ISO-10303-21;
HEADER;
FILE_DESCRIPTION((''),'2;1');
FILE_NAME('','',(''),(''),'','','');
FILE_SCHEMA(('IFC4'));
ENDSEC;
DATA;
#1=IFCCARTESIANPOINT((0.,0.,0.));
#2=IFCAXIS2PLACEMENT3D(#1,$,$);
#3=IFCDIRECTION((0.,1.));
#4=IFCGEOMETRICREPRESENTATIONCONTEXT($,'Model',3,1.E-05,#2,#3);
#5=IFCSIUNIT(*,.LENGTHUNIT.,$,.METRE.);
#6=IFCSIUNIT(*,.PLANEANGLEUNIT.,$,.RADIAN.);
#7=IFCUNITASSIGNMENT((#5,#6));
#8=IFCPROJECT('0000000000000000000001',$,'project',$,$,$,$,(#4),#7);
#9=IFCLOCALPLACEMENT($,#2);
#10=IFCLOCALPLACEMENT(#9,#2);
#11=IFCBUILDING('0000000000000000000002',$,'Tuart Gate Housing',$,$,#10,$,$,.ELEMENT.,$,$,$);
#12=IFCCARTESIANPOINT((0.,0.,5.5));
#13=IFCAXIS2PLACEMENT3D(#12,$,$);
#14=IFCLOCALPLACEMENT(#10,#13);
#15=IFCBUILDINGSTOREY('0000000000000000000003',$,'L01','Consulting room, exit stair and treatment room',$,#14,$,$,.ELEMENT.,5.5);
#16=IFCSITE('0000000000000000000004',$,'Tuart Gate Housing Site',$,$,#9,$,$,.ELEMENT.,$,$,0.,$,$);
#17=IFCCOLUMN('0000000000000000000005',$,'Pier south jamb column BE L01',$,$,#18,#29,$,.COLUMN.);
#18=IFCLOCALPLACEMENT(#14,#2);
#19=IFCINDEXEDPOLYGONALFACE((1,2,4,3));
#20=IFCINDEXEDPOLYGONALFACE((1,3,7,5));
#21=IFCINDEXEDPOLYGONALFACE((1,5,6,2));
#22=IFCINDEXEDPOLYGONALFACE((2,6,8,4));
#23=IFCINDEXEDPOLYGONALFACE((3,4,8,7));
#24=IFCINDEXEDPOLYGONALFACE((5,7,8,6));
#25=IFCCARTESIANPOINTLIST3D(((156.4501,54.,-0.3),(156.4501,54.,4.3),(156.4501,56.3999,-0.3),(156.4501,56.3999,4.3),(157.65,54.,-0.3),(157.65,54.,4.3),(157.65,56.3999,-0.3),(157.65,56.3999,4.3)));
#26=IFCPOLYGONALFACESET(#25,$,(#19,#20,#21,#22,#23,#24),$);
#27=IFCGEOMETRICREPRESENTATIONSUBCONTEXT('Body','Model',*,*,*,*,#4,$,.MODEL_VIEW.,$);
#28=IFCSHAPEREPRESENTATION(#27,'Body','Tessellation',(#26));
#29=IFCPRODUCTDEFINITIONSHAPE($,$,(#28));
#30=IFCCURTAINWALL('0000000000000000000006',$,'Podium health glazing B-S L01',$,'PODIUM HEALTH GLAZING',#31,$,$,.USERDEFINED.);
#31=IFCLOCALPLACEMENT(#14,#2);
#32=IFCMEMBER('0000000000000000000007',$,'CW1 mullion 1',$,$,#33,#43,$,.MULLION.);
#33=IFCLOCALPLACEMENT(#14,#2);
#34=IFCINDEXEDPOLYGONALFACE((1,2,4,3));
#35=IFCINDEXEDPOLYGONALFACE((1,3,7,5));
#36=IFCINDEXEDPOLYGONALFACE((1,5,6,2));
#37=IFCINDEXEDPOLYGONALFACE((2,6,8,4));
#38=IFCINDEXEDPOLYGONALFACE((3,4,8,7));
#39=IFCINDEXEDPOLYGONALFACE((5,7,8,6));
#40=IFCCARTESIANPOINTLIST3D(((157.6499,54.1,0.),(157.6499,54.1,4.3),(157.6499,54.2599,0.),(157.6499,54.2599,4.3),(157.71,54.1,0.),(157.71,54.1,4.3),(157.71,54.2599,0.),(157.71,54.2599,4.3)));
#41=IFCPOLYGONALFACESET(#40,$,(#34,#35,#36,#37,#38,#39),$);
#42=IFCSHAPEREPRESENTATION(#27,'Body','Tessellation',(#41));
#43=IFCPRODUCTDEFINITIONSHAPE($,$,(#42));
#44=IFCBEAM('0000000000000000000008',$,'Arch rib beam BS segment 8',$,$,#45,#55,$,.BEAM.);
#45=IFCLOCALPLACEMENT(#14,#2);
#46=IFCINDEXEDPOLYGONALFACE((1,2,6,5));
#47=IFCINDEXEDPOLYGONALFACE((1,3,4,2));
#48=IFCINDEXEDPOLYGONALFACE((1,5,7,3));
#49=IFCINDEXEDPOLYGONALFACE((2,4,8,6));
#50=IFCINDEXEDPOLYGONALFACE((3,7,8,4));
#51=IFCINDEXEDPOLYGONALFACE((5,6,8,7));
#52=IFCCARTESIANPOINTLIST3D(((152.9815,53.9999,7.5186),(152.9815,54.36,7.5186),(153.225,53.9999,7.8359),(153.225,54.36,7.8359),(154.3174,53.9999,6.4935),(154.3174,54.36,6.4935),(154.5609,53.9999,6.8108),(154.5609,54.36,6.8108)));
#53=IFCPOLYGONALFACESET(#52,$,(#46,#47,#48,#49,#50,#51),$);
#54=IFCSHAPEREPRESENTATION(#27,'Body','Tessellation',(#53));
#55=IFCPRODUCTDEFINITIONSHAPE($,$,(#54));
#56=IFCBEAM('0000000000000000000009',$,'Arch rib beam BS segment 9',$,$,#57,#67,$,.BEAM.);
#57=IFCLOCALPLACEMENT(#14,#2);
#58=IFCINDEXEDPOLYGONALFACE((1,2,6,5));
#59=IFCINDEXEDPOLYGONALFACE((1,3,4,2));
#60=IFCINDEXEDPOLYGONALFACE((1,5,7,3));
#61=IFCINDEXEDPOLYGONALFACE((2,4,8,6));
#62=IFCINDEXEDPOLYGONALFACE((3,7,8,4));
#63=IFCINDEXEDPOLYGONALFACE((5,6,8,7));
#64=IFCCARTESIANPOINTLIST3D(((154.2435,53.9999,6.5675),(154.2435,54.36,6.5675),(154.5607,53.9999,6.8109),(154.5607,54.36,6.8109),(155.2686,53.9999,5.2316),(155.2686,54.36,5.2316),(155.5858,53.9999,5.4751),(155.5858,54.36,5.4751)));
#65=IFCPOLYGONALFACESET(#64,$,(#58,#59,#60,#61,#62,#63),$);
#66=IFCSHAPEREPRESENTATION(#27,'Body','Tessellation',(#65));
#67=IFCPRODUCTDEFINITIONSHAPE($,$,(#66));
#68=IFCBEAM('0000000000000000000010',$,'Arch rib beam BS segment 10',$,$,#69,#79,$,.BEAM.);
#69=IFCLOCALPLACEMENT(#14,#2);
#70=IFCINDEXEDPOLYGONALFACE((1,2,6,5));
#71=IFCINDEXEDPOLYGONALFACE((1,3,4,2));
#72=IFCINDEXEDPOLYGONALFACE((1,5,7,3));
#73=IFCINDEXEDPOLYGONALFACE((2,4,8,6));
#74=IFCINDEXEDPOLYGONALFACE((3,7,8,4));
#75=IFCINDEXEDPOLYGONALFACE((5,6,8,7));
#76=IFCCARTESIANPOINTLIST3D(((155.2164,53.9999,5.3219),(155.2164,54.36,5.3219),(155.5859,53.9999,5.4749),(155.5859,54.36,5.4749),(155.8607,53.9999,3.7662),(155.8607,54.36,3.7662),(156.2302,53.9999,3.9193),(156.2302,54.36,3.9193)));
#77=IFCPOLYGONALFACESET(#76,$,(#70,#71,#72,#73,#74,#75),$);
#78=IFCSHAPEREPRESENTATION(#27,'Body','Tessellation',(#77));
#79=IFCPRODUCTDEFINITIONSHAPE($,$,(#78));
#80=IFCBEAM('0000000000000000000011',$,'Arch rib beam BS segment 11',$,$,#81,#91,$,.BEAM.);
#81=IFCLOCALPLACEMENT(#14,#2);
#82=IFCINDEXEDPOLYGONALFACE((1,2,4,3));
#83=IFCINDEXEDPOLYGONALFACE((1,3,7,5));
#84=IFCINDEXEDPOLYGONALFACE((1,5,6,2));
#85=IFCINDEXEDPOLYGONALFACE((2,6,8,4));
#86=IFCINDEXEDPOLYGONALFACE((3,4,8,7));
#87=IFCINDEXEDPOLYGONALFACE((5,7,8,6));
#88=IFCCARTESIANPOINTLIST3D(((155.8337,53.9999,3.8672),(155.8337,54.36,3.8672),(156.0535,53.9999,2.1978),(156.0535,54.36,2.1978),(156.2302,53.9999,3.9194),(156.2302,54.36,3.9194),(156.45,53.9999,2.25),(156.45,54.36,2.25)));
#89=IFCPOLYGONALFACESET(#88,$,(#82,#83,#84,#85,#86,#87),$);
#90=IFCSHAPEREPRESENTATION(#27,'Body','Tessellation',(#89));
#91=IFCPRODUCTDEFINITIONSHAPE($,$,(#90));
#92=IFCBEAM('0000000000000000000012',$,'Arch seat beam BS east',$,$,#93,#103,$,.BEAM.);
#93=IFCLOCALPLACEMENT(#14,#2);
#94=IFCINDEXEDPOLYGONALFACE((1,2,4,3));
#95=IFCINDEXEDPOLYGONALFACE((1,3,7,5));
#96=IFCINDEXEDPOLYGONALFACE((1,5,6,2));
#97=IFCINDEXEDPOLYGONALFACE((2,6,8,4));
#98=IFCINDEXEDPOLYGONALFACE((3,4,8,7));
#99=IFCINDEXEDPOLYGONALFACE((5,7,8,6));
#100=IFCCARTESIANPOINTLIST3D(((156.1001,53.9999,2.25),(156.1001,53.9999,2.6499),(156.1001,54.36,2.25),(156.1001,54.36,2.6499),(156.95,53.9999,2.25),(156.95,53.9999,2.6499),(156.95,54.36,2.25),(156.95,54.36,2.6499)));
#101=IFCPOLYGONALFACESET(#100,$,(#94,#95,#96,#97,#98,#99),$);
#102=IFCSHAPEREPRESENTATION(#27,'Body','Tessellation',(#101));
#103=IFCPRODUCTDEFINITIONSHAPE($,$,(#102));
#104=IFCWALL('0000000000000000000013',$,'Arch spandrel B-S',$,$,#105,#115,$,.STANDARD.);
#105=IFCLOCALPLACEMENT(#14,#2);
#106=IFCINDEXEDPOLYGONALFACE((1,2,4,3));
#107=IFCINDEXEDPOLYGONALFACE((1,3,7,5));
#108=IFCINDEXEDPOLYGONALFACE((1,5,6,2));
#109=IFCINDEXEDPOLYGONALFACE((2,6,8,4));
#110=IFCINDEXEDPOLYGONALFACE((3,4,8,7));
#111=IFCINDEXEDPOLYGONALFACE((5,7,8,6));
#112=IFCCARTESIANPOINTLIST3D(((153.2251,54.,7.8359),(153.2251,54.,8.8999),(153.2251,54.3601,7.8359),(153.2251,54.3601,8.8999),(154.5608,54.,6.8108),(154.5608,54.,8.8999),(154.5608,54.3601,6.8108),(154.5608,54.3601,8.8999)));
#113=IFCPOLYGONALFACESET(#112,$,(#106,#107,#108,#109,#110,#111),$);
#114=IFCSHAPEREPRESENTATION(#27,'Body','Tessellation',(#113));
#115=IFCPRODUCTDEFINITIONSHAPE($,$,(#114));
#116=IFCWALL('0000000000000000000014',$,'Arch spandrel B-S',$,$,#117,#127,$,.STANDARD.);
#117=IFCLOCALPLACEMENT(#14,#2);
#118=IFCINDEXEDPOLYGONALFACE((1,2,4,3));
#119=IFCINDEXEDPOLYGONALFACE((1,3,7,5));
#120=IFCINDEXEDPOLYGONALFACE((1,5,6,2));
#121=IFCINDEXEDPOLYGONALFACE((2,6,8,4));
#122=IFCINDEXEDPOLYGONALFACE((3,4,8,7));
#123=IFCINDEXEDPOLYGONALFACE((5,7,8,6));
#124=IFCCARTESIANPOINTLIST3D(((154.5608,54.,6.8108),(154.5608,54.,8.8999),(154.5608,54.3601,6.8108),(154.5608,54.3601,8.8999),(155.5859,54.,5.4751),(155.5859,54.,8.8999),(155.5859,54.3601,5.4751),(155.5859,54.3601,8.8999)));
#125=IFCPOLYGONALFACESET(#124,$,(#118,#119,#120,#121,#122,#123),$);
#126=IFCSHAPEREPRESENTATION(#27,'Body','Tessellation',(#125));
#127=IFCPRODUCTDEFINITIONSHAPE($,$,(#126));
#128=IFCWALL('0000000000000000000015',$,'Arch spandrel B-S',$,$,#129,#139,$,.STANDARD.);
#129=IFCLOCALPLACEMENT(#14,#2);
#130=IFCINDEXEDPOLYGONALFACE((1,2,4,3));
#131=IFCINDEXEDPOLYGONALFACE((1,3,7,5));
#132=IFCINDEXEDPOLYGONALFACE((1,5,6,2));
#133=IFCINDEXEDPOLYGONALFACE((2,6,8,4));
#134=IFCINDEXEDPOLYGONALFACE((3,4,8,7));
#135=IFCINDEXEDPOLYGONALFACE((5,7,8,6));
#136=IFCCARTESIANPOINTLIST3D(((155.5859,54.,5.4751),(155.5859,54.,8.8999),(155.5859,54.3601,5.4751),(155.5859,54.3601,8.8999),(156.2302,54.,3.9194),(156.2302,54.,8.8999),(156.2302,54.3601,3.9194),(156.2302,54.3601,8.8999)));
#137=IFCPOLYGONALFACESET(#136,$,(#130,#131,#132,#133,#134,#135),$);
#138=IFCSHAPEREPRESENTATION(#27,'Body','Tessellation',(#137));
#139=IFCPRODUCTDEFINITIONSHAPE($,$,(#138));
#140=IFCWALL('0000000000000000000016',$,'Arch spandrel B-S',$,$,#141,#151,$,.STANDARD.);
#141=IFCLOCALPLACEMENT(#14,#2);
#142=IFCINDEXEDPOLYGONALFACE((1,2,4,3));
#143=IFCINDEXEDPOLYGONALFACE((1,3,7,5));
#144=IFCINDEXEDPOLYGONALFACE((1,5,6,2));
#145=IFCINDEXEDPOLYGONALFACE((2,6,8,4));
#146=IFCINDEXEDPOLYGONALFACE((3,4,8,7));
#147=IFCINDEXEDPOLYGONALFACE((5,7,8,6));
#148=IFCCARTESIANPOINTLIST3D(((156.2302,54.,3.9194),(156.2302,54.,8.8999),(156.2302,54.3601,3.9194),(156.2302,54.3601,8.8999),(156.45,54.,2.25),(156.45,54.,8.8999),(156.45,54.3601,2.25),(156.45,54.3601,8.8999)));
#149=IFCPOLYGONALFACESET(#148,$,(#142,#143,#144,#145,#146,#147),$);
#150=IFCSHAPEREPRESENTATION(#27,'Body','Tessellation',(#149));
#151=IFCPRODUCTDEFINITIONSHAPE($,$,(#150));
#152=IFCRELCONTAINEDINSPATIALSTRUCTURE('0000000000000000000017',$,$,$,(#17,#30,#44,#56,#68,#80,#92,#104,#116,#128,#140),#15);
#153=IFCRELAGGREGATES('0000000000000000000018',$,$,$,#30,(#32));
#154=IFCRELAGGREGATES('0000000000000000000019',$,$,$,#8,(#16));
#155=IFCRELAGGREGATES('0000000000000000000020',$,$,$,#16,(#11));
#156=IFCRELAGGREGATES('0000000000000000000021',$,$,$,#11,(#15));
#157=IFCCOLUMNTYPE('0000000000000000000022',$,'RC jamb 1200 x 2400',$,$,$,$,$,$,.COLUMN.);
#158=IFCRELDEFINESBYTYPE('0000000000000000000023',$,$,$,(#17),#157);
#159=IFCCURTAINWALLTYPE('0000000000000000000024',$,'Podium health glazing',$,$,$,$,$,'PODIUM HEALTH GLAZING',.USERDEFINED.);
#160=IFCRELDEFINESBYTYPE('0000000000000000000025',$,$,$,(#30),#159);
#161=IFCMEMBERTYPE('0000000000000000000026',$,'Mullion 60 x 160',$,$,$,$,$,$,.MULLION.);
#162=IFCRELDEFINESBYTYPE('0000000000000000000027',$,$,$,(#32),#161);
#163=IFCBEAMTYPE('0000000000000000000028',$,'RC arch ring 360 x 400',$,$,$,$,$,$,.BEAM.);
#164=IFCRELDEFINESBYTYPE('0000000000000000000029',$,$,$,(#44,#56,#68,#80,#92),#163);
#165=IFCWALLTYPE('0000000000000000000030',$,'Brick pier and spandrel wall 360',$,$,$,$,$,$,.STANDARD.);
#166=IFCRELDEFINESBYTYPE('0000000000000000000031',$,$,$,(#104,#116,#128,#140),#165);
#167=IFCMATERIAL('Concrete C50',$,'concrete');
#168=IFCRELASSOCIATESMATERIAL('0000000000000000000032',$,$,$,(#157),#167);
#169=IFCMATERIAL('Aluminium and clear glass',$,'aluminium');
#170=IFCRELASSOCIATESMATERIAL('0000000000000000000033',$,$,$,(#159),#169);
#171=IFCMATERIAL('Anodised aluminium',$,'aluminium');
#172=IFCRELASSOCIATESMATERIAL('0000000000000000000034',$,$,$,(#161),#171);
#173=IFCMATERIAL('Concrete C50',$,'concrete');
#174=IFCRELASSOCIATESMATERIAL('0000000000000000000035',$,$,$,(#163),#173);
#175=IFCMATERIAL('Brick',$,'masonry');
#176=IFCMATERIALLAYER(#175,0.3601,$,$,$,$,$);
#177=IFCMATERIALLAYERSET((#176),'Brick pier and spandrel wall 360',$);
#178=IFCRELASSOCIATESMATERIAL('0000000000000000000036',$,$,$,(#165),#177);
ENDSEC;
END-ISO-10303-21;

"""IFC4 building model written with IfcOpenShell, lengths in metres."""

from ifc_helpers import new_model, si_unit, direction, frame, origin, origin_2d, place, context, subcontext, project, spatial, polyline, rectangle, outline, extrude, material, layer, layer_set, material_profile, profile_set, type_object, element, aggregate, save


model = new_model("IFC4")

# Units and contexts
model_context = context("Model", 3, precision=1e-05, world=origin(), true_north=direction((0.0, 1.0)))
body_context = subcontext(model_context, "Body", "Model", "MODEL_VIEW")
ifc_project = project(units=[si_unit("LENGTHUNIT", "METRE"), si_unit("PLANEANGLEUNIT", "RADIAN")], contexts=[model_context])

# Site, building, storey
site_placement = place(None, origin())
site = spatial("IfcSite", under=ifc_project, at=site_placement, Name="Tuart Gate Housing Site", CompositionType="ELEMENT", RefElevation=0.0)
building_placement = place(site_placement, origin())
building = spatial("IfcBuilding", under=site, at=building_placement, Name="Tuart Gate Housing", CompositionType="ELEMENT")
storey_placement = place(building_placement, frame((0.0, 0.0, 5.5)))
storey = spatial("IfcBuildingStorey", under=building, at=storey_placement, Name="L01", Description="Consulting room, exit stair and treatment room", CompositionType="ELEMENT", Elevation=5.5)

# Column
ifc_material_1 = material(Name="Concrete C50", Category="concrete")
ifc_material_profile_1 = material_profile(ifc_material_1, rectangle(XDim=1.2, YDim=2.3999, at=origin_2d()), Name="RC jamb 1200 x 2400")
ifc_profile_set_1 = profile_set([ifc_material_profile_1], Name="Concrete C50")
column_type = type_object("IfcColumnType", Name="RC jamb 1200 x 2400", PredefinedType="COLUMN", material=ifc_profile_set_1)
column_placement = place(storey_placement, frame((157.05, 55.2, -0.3), z_axis=(0.0, 0.0, 1.0), x_axis=(1.0, 0.0, 0.0)))
element("IfcColumn", 1, at=column_placement, inside=storey, type_object=column_type, Name="Pier south jamb column BE L01", PredefinedType="COLUMN", context=body_context, shape_type="SweptSolid", body=[
    extrude(rectangle(XDim=1.2, YDim=2.3999, at=origin_2d()), origin(), (0.0, 0.0, 1.0), 4.6001),
])

# Curtain wall, member
ifc_material_2 = material(Name="Aluminium and clear glass", Category="aluminium")
curtain_wall_type = type_object("IfcCurtainWallType", Name="Podium health glazing", ElementType="PODIUM HEALTH GLAZING", PredefinedType="USERDEFINED", material=ifc_material_2)
curtain_wall_placement = place(storey_placement, origin())
curtain_wall = element("IfcCurtainWall", 2, at=curtain_wall_placement, inside=storey, type_object=curtain_wall_type, Name="Podium health glazing B-S L01", ObjectType="PODIUM HEALTH GLAZING", PredefinedType="USERDEFINED")
ifc_material_3 = material(Name="Anodised aluminium", Category="aluminium")
ifc_material_profile_2 = material_profile(ifc_material_3, rectangle(XDim=0.0601, YDim=0.1599, at=origin_2d()), Name="60x160")
ifc_profile_set_2 = profile_set([ifc_material_profile_2], Name="Anodised aluminium")
member_type = type_object("IfcMemberType", Name="Mullion 60 x 160", PredefinedType="MULLION", material=ifc_profile_set_2)
member_placement = place(storey_placement, frame((157.6799, 54.1799, 0.0), z_axis=(0.0, 0.0, 1.0), x_axis=(1.0, 0.0, 0.0)))
member = element("IfcMember", 3, at=member_placement, type_object=member_type, Name="CW1 mullion 1", PredefinedType="MULLION", context=body_context, shape_type="SweptSolid", body=[
    extrude(rectangle(XDim=0.0601, YDim=0.1599, at=origin_2d()), origin(), (0.0, 0.0, 1.0), 4.3),
])
aggregate(curtain_wall, [member])

# Beams
ifc_material_4 = material(Name="Concrete C50", Category="concrete")
ifc_material_profile_3 = material_profile(ifc_material_4, rectangle(XDim=0.3601, YDim=0.3999, at=origin_2d()), Name="RC arch ring 360 x 400")
ifc_profile_set_3 = profile_set([ifc_material_profile_3], Name="Concrete C50")
beam_type = type_object("IfcBeamType", Name="RC arch ring 360 x 400", PredefinedType="BEAM", material=ifc_profile_set_3)
for number, where, z_axis, x_axis, name in (
    (4, (153.1033, 54.1799, 7.6772), (0.79334, 0.0, -0.608778), (0.0, 1.0, 0.0), "Arch rib beam BS segment 8"),
    (5, (154.4021, 54.1799, 6.6892), (0.608778, 0.0, -0.79334), (0.0, 1.0, 0.0), "Arch rib beam BS segment 9"),
    (6, (155.4011, 54.1799, 5.3984), (0.382638, 0.0, -0.923898), (0.0, 1.0, 0.0), "Arch rib beam BS segment 10"),
    (7, (156.032, 54.1799, 3.8933), (0.130492, 0.0, -0.991449), (0.0, 1.0, 0.0), "Arch rib beam BS segment 11"),
):
    element("IfcBeam", number, at=place(storey_placement, frame(where, z_axis=z_axis, x_axis=x_axis)), inside=storey, type_object=beam_type, Name=name, PredefinedType="BEAM", context=body_context, shape_type="SweptSolid", body=[
        extrude(rectangle(XDim=0.3601, YDim=0.3999, at=origin_2d()), origin(), (0.0, 0.0, 1.0), 1.6838),
    ])
beam_placement = place(storey_placement, frame((156.1001, 54.1799, 2.45), z_axis=(1.0, 0.0, 0.0), x_axis=(0.0, 1.0, 0.0)))
element("IfcBeam", 8, at=beam_placement, inside=storey, type_object=beam_type, Name="Arch seat beam BS east", PredefinedType="BEAM", context=body_context, shape_type="SweptSolid", body=[
    extrude(rectangle(XDim=0.3601, YDim=0.3999, at=origin_2d()), origin(), (0.0, 0.0, 1.0), 0.8499),
])

# Walls
ifc_material_5 = material(Name="Brick", Category="masonry")
ifc_layer_1 = layer(ifc_material_5, 0.3601)
ifc_layer_set_1 = layer_set([ifc_layer_1], Name="Brick pier and spandrel wall 360")
wall_type_1 = type_object("IfcWallType", Name="Brick pier and spandrel wall 360", PredefinedType="STANDARD", material=ifc_layer_set_1)
wall_1_placement = place(storey_placement, frame((153.2251, 54.1799, 6.8108), z_axis=(0.0, 0.0, 1.0), x_axis=(1.0, 0.0, 0.0)))
element("IfcWall", 9, at=wall_1_placement, inside=storey, type_object=wall_type_1, Name="Arch spandrel B-S", PredefinedType="STANDARD", context=body_context, shape_type="SweptSolid", body=[
    extrude(outline(polyline([(0.0, 1.0251), (1.3357, 0.0), (1.3357, 2.0891), (0.0, 2.0891), (0.0, 1.0251)])), frame((0.0, 0.1802, 0.0), z_axis=(0.0, -1.0, 0.0), x_axis=(1.0, 0.0, 0.0)), (0.0, 0.0, 1.0), 0.3601),
])
wall_2_placement = place(storey_placement, frame((154.5608, 54.1799, 5.4751), z_axis=(0.0, 0.0, 1.0), x_axis=(1.0, 0.0, 0.0)))
element("IfcWall", 10, at=wall_2_placement, inside=storey, type_object=wall_type_1, Name="Arch spandrel B-S", PredefinedType="STANDARD", context=body_context, shape_type="SweptSolid", body=[
    extrude(outline(polyline([(0.0, 1.3357), (1.0251, 0.0), (1.0251, 3.4248), (0.0, 3.4248), (0.0, 1.3357)])), frame((0.0, 0.1802, 0.0), z_axis=(0.0, -1.0, 0.0), x_axis=(1.0, 0.0, 0.0)), (0.0, 0.0, 1.0), 0.3601),
])
wall_3_placement = place(storey_placement, frame((155.5859, 54.1799, 3.9194), z_axis=(0.0, 0.0, 1.0), x_axis=(1.0, 0.0, 0.0)))
element("IfcWall", 11, at=wall_3_placement, inside=storey, type_object=wall_type_1, Name="Arch spandrel B-S", PredefinedType="STANDARD", context=body_context, shape_type="SweptSolid", body=[
    extrude(outline(polyline([(0.0, 1.5557), (0.6443, 0.0), (0.6443, 4.9805), (0.0, 4.9805), (0.0, 1.5557)])), frame((0.0, 0.1802, 0.0), z_axis=(0.0, -1.0, 0.0), x_axis=(1.0, 0.0, 0.0)), (0.0, 0.0, 1.0), 0.3601),
])
wall_4_placement = place(storey_placement, frame((156.2302, 54.1799, 2.25), z_axis=(0.0, 0.0, 1.0), x_axis=(1.0, 0.0, 0.0)))
element("IfcWall", 12, at=wall_4_placement, inside=storey, type_object=wall_type_1, Name="Arch spandrel B-S", PredefinedType="STANDARD", context=body_context, shape_type="SweptSolid", body=[
    extrude(outline(polyline([(0.0, 1.6694), (0.2197, 0.0), (0.2197, 6.6499), (0.0, 6.6499), (0.0, 1.6694)])), frame((0.0, 0.1802, 0.0), z_axis=(0.0, -1.0, 0.0), x_axis=(1.0, 0.0, 0.0)), (0.0, 0.0, 1.0), 0.3601),
])

save(model, "model.ifc")
